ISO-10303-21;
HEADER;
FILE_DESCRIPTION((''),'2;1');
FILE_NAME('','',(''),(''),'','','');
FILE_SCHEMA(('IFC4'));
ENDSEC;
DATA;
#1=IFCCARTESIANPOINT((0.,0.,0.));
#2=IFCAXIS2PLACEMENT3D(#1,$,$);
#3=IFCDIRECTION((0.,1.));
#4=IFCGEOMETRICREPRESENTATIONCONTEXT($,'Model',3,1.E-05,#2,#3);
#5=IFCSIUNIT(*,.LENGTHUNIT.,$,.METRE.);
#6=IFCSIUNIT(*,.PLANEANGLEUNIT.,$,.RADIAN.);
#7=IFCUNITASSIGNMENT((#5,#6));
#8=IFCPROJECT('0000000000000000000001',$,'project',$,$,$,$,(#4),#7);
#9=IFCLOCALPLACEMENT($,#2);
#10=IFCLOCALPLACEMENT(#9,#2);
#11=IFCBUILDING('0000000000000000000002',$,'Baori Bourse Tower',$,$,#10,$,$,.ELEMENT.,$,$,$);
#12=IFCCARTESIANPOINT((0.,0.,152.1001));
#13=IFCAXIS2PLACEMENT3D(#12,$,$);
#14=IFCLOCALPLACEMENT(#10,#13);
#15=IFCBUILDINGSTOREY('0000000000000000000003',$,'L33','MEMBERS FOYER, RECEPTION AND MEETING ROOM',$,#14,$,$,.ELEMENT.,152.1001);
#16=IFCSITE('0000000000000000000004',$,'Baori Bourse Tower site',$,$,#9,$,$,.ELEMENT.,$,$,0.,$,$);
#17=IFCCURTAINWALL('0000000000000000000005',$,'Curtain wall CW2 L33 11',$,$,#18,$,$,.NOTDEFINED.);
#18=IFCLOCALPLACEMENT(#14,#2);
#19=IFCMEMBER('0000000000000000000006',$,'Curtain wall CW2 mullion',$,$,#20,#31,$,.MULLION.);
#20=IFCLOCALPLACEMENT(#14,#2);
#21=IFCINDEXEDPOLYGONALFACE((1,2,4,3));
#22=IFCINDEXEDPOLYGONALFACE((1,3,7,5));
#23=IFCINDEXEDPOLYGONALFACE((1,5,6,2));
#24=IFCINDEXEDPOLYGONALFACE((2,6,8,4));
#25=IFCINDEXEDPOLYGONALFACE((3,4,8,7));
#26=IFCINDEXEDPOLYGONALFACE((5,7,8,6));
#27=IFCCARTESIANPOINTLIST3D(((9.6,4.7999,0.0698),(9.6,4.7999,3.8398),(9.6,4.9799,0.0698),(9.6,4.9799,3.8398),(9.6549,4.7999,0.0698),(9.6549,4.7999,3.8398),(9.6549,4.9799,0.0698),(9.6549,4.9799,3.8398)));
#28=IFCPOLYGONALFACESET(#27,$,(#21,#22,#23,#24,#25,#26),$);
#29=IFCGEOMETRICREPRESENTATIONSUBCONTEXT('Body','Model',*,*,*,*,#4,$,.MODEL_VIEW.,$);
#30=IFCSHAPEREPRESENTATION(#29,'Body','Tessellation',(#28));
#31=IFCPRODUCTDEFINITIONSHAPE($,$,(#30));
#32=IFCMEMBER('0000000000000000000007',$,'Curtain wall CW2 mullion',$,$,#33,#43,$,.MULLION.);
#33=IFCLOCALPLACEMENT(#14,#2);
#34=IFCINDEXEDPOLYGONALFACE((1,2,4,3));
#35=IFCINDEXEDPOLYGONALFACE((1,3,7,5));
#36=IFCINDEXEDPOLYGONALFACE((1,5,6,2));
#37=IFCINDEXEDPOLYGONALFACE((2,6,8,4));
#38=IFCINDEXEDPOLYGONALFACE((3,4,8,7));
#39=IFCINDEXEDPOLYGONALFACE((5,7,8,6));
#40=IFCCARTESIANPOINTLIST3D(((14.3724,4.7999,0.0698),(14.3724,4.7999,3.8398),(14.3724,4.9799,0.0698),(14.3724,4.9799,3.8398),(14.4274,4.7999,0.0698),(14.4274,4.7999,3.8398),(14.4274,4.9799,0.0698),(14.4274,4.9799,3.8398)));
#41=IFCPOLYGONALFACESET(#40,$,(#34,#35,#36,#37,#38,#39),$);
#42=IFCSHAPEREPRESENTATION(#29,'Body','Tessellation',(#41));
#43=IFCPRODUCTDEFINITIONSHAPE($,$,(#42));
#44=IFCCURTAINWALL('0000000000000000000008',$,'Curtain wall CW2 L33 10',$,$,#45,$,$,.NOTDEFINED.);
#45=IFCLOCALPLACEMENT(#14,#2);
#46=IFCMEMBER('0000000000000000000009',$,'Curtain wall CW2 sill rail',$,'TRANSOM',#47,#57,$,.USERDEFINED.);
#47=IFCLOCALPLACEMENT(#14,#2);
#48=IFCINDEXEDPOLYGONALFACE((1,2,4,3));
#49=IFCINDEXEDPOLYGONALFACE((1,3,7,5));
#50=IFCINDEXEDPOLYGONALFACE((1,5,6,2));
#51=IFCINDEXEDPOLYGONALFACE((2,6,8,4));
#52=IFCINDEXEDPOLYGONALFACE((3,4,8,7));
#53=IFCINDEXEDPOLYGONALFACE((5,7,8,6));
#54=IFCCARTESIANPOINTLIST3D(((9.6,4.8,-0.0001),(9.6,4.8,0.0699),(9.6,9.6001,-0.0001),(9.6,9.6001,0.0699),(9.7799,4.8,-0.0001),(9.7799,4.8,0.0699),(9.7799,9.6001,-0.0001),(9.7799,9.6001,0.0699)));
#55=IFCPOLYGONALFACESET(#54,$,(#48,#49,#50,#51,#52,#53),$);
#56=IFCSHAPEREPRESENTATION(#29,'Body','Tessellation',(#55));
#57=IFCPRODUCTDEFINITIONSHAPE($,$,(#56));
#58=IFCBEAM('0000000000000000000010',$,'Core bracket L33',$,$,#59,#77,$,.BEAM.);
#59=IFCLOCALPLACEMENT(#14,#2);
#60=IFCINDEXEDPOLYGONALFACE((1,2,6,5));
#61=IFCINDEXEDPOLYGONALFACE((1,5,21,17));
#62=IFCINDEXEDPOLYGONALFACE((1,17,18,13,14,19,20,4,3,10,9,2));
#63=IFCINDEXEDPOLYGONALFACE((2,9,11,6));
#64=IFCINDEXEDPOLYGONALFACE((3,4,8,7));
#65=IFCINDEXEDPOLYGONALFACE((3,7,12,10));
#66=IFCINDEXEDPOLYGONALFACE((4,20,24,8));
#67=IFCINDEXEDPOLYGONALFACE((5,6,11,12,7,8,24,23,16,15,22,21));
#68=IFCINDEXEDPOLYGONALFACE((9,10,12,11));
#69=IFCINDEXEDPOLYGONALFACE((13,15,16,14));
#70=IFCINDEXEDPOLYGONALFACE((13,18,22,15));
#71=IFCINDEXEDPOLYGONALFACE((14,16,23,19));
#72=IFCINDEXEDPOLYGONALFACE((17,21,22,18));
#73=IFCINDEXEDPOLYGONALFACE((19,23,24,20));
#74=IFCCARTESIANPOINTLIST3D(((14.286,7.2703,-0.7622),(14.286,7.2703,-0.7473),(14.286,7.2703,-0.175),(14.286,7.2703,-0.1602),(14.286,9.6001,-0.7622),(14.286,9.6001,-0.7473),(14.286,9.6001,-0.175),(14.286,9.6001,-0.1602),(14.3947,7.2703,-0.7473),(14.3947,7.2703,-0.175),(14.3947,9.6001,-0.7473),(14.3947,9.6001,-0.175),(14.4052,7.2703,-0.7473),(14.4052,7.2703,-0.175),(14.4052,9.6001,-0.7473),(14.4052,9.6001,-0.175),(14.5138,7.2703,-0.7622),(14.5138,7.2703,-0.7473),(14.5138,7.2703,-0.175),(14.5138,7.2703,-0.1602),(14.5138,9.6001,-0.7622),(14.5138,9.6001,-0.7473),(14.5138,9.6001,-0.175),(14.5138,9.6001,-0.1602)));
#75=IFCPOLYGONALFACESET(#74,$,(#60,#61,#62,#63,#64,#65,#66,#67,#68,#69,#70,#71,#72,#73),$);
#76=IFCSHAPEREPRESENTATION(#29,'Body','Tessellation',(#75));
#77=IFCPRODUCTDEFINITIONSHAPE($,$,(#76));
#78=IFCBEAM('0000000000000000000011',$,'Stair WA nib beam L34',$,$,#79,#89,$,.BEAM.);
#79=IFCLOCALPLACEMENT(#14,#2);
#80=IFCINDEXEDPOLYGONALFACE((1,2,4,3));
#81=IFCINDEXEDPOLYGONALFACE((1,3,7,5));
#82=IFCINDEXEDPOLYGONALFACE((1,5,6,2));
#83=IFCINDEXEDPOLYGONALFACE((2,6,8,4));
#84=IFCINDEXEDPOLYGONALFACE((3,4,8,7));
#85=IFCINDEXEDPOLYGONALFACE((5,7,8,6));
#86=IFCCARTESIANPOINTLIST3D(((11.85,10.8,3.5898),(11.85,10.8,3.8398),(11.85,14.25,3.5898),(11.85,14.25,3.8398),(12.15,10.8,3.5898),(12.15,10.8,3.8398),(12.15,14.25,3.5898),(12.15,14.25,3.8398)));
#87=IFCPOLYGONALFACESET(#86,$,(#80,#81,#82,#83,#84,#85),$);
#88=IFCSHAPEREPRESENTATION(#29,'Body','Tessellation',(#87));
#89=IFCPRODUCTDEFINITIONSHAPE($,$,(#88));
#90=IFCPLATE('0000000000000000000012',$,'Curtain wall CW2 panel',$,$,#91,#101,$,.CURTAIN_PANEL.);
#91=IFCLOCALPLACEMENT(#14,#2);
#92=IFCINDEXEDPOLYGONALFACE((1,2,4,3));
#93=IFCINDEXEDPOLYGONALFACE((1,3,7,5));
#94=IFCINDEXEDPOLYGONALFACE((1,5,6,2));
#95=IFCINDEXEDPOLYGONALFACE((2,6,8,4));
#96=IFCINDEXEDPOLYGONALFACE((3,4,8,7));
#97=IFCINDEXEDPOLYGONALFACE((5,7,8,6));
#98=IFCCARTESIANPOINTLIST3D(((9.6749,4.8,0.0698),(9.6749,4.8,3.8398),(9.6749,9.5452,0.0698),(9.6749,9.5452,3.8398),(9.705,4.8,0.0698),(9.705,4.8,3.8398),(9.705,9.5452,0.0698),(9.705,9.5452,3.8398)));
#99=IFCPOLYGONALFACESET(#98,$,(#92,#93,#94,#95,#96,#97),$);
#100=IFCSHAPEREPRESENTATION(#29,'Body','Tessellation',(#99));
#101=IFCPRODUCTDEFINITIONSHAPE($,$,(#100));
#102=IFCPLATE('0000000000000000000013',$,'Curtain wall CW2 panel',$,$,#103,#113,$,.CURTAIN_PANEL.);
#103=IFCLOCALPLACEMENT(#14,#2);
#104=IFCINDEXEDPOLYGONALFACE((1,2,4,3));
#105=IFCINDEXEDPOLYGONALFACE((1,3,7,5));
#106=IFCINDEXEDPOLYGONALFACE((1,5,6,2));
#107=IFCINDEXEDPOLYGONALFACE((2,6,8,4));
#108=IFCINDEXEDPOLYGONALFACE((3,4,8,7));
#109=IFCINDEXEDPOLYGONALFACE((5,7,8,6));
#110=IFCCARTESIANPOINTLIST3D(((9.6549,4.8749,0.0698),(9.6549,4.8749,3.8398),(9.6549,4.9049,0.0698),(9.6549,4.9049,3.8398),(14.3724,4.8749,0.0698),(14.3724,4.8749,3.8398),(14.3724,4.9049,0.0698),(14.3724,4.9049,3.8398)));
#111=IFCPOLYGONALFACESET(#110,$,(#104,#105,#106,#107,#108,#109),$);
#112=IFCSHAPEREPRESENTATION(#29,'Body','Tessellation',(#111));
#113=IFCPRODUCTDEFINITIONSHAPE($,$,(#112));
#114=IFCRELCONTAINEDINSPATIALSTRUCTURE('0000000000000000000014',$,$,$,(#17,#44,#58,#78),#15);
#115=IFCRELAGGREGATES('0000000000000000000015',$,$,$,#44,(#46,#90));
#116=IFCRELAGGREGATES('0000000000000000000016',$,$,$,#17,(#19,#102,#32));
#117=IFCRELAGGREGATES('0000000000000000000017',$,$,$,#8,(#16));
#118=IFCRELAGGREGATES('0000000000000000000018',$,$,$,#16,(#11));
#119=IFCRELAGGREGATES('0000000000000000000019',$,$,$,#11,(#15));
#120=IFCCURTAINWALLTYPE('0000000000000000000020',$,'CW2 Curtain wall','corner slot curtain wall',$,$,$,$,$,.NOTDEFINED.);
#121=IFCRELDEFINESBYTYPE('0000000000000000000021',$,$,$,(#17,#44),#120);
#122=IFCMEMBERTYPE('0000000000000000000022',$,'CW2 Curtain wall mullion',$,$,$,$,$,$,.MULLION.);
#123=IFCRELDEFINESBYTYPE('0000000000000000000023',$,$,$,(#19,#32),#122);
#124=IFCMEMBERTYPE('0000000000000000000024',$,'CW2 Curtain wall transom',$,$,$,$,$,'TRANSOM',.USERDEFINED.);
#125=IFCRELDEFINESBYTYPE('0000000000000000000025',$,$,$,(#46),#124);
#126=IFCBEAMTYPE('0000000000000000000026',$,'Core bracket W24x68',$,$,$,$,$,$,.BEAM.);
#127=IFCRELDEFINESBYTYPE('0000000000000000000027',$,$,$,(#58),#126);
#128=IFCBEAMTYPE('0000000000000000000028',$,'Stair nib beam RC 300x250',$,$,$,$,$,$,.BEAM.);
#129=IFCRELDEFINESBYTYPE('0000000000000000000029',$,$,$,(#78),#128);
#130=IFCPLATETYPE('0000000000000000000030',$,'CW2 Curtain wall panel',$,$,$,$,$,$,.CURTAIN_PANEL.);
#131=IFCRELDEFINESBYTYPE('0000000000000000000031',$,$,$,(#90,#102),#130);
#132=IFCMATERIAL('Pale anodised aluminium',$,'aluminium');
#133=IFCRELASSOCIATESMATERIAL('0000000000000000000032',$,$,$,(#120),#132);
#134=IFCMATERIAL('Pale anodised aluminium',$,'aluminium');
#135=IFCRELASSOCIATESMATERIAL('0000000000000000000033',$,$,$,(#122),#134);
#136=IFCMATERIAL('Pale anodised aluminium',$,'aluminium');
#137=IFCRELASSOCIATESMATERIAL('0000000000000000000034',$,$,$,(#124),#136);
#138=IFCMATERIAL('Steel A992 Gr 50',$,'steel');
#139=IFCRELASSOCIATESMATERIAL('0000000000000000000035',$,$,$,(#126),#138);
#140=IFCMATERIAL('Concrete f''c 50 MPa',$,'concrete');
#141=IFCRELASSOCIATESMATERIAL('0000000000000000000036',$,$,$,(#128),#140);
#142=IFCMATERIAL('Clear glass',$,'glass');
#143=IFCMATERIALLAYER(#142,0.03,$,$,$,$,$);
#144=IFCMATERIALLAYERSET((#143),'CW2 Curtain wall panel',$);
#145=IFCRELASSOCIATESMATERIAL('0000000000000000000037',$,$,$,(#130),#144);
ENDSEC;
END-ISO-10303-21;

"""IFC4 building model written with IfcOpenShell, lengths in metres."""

from ifc_helpers import new_model, si_unit, direction, frame, origin, origin_2d, place, context, subcontext, project, spatial, rectangle, i_section, extrude, material, layer, layer_set, material_profile, profile_set, type_object, element, aggregate, save


model = new_model("IFC4")

# Units and contexts
model_context = context("Model", 3, precision=1e-05, world=origin(), true_north=direction((0.0, 1.0)))
body_context = subcontext(model_context, "Body", "Model", "MODEL_VIEW")
ifc_project = project(units=[si_unit("LENGTHUNIT", "METRE"), si_unit("PLANEANGLEUNIT", "RADIAN")], contexts=[model_context])

# Site, building, storey
site_placement = place(None, origin())
site = spatial("IfcSite", under=ifc_project, at=site_placement, Name="Baori Bourse Tower site", CompositionType="ELEMENT", RefElevation=0.0)
building_placement = place(site_placement, origin())
building = spatial("IfcBuilding", under=site, at=building_placement, Name="Baori Bourse Tower", CompositionType="ELEMENT")
storey_placement = place(building_placement, frame((0.0, 0.0, 152.1001)))
storey = spatial("IfcBuildingStorey", under=building, at=storey_placement, Name="L33", Description="MEMBERS FOYER, RECEPTION AND MEETING ROOM", CompositionType="ELEMENT", Elevation=152.1001)

# Curtain wall, members
ifc_material_1 = material(Name="Pale anodised aluminium", Category="aluminium")
curtain_wall_type = type_object("IfcCurtainWallType", Name="CW2 Curtain wall", Description="corner slot curtain wall", PredefinedType="NOTDEFINED", material=ifc_material_1)
curtain_wall_1_placement = place(storey_placement, origin())
curtain_wall_1 = element("IfcCurtainWall", 1, at=curtain_wall_1_placement, inside=storey, type_object=curtain_wall_type, Name="Curtain wall CW2 L33 11", PredefinedType="NOTDEFINED")
ifc_material_2 = material(Name="Pale anodised aluminium", Category="aluminium")
ifc_material_profile_1 = material_profile(ifc_material_2, rectangle(XDim=0.1799, YDim=0.0549, at=origin_2d()), Name="Mullion 55x180")
ifc_profile_set_1 = profile_set([ifc_material_profile_1], Name="Pale anodised aluminium")
member_type_1 = type_object("IfcMemberType", Name="CW2 Curtain wall mullion", PredefinedType="MULLION", material=ifc_profile_set_1)
member_1_placement = place(storey_placement, frame((9.6274, 4.8899, 0.0698), z_axis=(0.0, 0.0, 1.0), x_axis=(0.0, 1.0, 0.0)))
member_1 = element("IfcMember", 2, at=member_1_placement, type_object=member_type_1, Name="Curtain wall CW2 mullion", PredefinedType="MULLION", context=body_context, shape_type="SweptSolid", body=[
    extrude(rectangle(XDim=0.1799, YDim=0.0549, at=origin_2d()), origin(), (0.0, 0.0, 1.0), 3.77),
])
member_2_placement = place(storey_placement, frame((14.3999, 4.8899, 0.0698), z_axis=(0.0, 0.0, 1.0), x_axis=(0.0, 1.0, 0.0)))
member_2 = element("IfcMember", 3, at=member_2_placement, type_object=member_type_1, Name="Curtain wall CW2 mullion", PredefinedType="MULLION", context=body_context, shape_type="SweptSolid", body=[
    extrude(rectangle(XDim=0.1799, YDim=0.0549, at=origin_2d()), origin(), (0.0, 0.0, 1.0), 3.77),
])

# Curtain wall, member
curtain_wall_2_placement = place(storey_placement, origin())
curtain_wall_2 = element("IfcCurtainWall", 4, at=curtain_wall_2_placement, inside=storey, type_object=curtain_wall_type, Name="Curtain wall CW2 L33 10", PredefinedType="NOTDEFINED")
ifc_material_3 = material(Name="Pale anodised aluminium", Category="aluminium")
ifc_material_profile_2 = material_profile(ifc_material_3, rectangle(XDim=0.1799, YDim=0.0701, at=origin_2d()), Name="Transom 70x180")
ifc_profile_set_2 = profile_set([ifc_material_profile_2], Name="Pale anodised aluminium")
member_type_2 = type_object("IfcMemberType", Name="CW2 Curtain wall transom", ElementType="TRANSOM", PredefinedType="USERDEFINED", material=ifc_profile_set_2)
member_3_placement = place(storey_placement, frame((9.6899, 9.6001, 0.0349), z_axis=(0.0, -1.0, 0.0), x_axis=(1.0, 0.0, 0.0)))
member_3 = element("IfcMember", 5, at=member_3_placement, type_object=member_type_2, Name="Curtain wall CW2 sill rail", ObjectType="TRANSOM", PredefinedType="USERDEFINED", context=body_context, shape_type="SweptSolid", body=[
    extrude(rectangle(XDim=0.1799, YDim=0.0701, at=origin_2d()), origin(), (0.0, 0.0, 1.0), 4.8),
])

# Beams
ifc_material_4 = material(Name="Steel A992 Gr 50", Category="steel")
ifc_material_profile_3 = material_profile(ifc_material_4, i_section(OverallWidth=0.2278, OverallDepth=0.6021, WebThickness=0.0105, FlangeThickness=0.0149, at=origin_2d()), Name="W24x68")
ifc_profile_set_3 = profile_set([ifc_material_profile_3], Name="Steel A992 Gr 50")
beam_type_1 = type_object("IfcBeamType", Name="Core bracket W24x68", PredefinedType="BEAM", material=ifc_profile_set_3)
beam_1_placement = place(storey_placement, frame((14.3999, 7.2703, -0.4612), z_axis=(0.0, 1.0, 0.0), x_axis=(-1.0, 0.0, 0.0)))
element("IfcBeam", 6, at=beam_1_placement, inside=storey, type_object=beam_type_1, Name="Core bracket L33", PredefinedType="BEAM", context=body_context, shape_type="SweptSolid", body=[
    extrude(i_section(OverallWidth=0.2278, OverallDepth=0.6021, WebThickness=0.0105, FlangeThickness=0.0149, at=origin_2d()), origin(), (0.0, 0.0, 1.0), 2.3298),
])
ifc_material_5 = material(Name="Concrete f'c 50 MPa", Category="concrete")
ifc_material_profile_4 = material_profile(ifc_material_5, rectangle(XDim=0.3, YDim=0.25, at=origin_2d()), Name="RC 300x250")
ifc_profile_set_4 = profile_set([ifc_material_profile_4], Name="Concrete f'c 50 MPa")
beam_type_2 = type_object("IfcBeamType", Name="Stair nib beam RC 300x250", PredefinedType="BEAM", material=ifc_profile_set_4)
beam_2_placement = place(storey_placement, frame((12.0, 10.8, 3.7148), z_axis=(0.0, 1.0, 0.0), x_axis=(-1.0, 0.0, 0.0)))
element("IfcBeam", 7, at=beam_2_placement, inside=storey, type_object=beam_type_2, Name="Stair WA nib beam L34", PredefinedType="BEAM", context=body_context, shape_type="SweptSolid", body=[
    extrude(rectangle(XDim=0.3, YDim=0.25, at=origin_2d()), origin(), (0.0, 0.0, 1.0), 3.45),
])

# Plates
ifc_material_6 = material(Name="Clear glass", Category="glass")
ifc_layer_1 = layer(ifc_material_6, 0.03)
ifc_layer_set_1 = layer_set([ifc_layer_1], Name="CW2 Curtain wall panel")
plate_type = type_object("IfcPlateType", Name="CW2 Curtain wall panel", PredefinedType="CURTAIN_PANEL", material=ifc_layer_set_1)
plate_1_placement = place(storey_placement, frame((9.6899, 7.1726, 0.0698), z_axis=(0.0, 0.0, 1.0), x_axis=(0.0, -1.0, 0.0)))
plate_1 = element("IfcPlate", 8, at=plate_1_placement, type_object=plate_type, Name="Curtain wall CW2 panel", PredefinedType="CURTAIN_PANEL", context=body_context, shape_type="SweptSolid", body=[
    extrude(rectangle(XDim=4.7451, YDim=0.03, at=origin_2d()), origin(), (0.0, 0.0, 1.0), 3.77),
])
aggregate(curtain_wall_2, [member_3, plate_1])
plate_2_placement = place(storey_placement, frame((12.0137, 4.8899, 0.0698), z_axis=(0.0, 0.0, 1.0), x_axis=(1.0, 0.0, 0.0)))
plate_2 = element("IfcPlate", 9, at=plate_2_placement, type_object=plate_type, Name="Curtain wall CW2 panel", PredefinedType="CURTAIN_PANEL", context=body_context, shape_type="SweptSolid", body=[
    extrude(rectangle(XDim=4.7175, YDim=0.03, at=origin_2d()), origin(), (0.0, 0.0, 1.0), 3.77),
])
aggregate(curtain_wall_1, [member_1, plate_2, member_2])

save(model, "model.ifc")
